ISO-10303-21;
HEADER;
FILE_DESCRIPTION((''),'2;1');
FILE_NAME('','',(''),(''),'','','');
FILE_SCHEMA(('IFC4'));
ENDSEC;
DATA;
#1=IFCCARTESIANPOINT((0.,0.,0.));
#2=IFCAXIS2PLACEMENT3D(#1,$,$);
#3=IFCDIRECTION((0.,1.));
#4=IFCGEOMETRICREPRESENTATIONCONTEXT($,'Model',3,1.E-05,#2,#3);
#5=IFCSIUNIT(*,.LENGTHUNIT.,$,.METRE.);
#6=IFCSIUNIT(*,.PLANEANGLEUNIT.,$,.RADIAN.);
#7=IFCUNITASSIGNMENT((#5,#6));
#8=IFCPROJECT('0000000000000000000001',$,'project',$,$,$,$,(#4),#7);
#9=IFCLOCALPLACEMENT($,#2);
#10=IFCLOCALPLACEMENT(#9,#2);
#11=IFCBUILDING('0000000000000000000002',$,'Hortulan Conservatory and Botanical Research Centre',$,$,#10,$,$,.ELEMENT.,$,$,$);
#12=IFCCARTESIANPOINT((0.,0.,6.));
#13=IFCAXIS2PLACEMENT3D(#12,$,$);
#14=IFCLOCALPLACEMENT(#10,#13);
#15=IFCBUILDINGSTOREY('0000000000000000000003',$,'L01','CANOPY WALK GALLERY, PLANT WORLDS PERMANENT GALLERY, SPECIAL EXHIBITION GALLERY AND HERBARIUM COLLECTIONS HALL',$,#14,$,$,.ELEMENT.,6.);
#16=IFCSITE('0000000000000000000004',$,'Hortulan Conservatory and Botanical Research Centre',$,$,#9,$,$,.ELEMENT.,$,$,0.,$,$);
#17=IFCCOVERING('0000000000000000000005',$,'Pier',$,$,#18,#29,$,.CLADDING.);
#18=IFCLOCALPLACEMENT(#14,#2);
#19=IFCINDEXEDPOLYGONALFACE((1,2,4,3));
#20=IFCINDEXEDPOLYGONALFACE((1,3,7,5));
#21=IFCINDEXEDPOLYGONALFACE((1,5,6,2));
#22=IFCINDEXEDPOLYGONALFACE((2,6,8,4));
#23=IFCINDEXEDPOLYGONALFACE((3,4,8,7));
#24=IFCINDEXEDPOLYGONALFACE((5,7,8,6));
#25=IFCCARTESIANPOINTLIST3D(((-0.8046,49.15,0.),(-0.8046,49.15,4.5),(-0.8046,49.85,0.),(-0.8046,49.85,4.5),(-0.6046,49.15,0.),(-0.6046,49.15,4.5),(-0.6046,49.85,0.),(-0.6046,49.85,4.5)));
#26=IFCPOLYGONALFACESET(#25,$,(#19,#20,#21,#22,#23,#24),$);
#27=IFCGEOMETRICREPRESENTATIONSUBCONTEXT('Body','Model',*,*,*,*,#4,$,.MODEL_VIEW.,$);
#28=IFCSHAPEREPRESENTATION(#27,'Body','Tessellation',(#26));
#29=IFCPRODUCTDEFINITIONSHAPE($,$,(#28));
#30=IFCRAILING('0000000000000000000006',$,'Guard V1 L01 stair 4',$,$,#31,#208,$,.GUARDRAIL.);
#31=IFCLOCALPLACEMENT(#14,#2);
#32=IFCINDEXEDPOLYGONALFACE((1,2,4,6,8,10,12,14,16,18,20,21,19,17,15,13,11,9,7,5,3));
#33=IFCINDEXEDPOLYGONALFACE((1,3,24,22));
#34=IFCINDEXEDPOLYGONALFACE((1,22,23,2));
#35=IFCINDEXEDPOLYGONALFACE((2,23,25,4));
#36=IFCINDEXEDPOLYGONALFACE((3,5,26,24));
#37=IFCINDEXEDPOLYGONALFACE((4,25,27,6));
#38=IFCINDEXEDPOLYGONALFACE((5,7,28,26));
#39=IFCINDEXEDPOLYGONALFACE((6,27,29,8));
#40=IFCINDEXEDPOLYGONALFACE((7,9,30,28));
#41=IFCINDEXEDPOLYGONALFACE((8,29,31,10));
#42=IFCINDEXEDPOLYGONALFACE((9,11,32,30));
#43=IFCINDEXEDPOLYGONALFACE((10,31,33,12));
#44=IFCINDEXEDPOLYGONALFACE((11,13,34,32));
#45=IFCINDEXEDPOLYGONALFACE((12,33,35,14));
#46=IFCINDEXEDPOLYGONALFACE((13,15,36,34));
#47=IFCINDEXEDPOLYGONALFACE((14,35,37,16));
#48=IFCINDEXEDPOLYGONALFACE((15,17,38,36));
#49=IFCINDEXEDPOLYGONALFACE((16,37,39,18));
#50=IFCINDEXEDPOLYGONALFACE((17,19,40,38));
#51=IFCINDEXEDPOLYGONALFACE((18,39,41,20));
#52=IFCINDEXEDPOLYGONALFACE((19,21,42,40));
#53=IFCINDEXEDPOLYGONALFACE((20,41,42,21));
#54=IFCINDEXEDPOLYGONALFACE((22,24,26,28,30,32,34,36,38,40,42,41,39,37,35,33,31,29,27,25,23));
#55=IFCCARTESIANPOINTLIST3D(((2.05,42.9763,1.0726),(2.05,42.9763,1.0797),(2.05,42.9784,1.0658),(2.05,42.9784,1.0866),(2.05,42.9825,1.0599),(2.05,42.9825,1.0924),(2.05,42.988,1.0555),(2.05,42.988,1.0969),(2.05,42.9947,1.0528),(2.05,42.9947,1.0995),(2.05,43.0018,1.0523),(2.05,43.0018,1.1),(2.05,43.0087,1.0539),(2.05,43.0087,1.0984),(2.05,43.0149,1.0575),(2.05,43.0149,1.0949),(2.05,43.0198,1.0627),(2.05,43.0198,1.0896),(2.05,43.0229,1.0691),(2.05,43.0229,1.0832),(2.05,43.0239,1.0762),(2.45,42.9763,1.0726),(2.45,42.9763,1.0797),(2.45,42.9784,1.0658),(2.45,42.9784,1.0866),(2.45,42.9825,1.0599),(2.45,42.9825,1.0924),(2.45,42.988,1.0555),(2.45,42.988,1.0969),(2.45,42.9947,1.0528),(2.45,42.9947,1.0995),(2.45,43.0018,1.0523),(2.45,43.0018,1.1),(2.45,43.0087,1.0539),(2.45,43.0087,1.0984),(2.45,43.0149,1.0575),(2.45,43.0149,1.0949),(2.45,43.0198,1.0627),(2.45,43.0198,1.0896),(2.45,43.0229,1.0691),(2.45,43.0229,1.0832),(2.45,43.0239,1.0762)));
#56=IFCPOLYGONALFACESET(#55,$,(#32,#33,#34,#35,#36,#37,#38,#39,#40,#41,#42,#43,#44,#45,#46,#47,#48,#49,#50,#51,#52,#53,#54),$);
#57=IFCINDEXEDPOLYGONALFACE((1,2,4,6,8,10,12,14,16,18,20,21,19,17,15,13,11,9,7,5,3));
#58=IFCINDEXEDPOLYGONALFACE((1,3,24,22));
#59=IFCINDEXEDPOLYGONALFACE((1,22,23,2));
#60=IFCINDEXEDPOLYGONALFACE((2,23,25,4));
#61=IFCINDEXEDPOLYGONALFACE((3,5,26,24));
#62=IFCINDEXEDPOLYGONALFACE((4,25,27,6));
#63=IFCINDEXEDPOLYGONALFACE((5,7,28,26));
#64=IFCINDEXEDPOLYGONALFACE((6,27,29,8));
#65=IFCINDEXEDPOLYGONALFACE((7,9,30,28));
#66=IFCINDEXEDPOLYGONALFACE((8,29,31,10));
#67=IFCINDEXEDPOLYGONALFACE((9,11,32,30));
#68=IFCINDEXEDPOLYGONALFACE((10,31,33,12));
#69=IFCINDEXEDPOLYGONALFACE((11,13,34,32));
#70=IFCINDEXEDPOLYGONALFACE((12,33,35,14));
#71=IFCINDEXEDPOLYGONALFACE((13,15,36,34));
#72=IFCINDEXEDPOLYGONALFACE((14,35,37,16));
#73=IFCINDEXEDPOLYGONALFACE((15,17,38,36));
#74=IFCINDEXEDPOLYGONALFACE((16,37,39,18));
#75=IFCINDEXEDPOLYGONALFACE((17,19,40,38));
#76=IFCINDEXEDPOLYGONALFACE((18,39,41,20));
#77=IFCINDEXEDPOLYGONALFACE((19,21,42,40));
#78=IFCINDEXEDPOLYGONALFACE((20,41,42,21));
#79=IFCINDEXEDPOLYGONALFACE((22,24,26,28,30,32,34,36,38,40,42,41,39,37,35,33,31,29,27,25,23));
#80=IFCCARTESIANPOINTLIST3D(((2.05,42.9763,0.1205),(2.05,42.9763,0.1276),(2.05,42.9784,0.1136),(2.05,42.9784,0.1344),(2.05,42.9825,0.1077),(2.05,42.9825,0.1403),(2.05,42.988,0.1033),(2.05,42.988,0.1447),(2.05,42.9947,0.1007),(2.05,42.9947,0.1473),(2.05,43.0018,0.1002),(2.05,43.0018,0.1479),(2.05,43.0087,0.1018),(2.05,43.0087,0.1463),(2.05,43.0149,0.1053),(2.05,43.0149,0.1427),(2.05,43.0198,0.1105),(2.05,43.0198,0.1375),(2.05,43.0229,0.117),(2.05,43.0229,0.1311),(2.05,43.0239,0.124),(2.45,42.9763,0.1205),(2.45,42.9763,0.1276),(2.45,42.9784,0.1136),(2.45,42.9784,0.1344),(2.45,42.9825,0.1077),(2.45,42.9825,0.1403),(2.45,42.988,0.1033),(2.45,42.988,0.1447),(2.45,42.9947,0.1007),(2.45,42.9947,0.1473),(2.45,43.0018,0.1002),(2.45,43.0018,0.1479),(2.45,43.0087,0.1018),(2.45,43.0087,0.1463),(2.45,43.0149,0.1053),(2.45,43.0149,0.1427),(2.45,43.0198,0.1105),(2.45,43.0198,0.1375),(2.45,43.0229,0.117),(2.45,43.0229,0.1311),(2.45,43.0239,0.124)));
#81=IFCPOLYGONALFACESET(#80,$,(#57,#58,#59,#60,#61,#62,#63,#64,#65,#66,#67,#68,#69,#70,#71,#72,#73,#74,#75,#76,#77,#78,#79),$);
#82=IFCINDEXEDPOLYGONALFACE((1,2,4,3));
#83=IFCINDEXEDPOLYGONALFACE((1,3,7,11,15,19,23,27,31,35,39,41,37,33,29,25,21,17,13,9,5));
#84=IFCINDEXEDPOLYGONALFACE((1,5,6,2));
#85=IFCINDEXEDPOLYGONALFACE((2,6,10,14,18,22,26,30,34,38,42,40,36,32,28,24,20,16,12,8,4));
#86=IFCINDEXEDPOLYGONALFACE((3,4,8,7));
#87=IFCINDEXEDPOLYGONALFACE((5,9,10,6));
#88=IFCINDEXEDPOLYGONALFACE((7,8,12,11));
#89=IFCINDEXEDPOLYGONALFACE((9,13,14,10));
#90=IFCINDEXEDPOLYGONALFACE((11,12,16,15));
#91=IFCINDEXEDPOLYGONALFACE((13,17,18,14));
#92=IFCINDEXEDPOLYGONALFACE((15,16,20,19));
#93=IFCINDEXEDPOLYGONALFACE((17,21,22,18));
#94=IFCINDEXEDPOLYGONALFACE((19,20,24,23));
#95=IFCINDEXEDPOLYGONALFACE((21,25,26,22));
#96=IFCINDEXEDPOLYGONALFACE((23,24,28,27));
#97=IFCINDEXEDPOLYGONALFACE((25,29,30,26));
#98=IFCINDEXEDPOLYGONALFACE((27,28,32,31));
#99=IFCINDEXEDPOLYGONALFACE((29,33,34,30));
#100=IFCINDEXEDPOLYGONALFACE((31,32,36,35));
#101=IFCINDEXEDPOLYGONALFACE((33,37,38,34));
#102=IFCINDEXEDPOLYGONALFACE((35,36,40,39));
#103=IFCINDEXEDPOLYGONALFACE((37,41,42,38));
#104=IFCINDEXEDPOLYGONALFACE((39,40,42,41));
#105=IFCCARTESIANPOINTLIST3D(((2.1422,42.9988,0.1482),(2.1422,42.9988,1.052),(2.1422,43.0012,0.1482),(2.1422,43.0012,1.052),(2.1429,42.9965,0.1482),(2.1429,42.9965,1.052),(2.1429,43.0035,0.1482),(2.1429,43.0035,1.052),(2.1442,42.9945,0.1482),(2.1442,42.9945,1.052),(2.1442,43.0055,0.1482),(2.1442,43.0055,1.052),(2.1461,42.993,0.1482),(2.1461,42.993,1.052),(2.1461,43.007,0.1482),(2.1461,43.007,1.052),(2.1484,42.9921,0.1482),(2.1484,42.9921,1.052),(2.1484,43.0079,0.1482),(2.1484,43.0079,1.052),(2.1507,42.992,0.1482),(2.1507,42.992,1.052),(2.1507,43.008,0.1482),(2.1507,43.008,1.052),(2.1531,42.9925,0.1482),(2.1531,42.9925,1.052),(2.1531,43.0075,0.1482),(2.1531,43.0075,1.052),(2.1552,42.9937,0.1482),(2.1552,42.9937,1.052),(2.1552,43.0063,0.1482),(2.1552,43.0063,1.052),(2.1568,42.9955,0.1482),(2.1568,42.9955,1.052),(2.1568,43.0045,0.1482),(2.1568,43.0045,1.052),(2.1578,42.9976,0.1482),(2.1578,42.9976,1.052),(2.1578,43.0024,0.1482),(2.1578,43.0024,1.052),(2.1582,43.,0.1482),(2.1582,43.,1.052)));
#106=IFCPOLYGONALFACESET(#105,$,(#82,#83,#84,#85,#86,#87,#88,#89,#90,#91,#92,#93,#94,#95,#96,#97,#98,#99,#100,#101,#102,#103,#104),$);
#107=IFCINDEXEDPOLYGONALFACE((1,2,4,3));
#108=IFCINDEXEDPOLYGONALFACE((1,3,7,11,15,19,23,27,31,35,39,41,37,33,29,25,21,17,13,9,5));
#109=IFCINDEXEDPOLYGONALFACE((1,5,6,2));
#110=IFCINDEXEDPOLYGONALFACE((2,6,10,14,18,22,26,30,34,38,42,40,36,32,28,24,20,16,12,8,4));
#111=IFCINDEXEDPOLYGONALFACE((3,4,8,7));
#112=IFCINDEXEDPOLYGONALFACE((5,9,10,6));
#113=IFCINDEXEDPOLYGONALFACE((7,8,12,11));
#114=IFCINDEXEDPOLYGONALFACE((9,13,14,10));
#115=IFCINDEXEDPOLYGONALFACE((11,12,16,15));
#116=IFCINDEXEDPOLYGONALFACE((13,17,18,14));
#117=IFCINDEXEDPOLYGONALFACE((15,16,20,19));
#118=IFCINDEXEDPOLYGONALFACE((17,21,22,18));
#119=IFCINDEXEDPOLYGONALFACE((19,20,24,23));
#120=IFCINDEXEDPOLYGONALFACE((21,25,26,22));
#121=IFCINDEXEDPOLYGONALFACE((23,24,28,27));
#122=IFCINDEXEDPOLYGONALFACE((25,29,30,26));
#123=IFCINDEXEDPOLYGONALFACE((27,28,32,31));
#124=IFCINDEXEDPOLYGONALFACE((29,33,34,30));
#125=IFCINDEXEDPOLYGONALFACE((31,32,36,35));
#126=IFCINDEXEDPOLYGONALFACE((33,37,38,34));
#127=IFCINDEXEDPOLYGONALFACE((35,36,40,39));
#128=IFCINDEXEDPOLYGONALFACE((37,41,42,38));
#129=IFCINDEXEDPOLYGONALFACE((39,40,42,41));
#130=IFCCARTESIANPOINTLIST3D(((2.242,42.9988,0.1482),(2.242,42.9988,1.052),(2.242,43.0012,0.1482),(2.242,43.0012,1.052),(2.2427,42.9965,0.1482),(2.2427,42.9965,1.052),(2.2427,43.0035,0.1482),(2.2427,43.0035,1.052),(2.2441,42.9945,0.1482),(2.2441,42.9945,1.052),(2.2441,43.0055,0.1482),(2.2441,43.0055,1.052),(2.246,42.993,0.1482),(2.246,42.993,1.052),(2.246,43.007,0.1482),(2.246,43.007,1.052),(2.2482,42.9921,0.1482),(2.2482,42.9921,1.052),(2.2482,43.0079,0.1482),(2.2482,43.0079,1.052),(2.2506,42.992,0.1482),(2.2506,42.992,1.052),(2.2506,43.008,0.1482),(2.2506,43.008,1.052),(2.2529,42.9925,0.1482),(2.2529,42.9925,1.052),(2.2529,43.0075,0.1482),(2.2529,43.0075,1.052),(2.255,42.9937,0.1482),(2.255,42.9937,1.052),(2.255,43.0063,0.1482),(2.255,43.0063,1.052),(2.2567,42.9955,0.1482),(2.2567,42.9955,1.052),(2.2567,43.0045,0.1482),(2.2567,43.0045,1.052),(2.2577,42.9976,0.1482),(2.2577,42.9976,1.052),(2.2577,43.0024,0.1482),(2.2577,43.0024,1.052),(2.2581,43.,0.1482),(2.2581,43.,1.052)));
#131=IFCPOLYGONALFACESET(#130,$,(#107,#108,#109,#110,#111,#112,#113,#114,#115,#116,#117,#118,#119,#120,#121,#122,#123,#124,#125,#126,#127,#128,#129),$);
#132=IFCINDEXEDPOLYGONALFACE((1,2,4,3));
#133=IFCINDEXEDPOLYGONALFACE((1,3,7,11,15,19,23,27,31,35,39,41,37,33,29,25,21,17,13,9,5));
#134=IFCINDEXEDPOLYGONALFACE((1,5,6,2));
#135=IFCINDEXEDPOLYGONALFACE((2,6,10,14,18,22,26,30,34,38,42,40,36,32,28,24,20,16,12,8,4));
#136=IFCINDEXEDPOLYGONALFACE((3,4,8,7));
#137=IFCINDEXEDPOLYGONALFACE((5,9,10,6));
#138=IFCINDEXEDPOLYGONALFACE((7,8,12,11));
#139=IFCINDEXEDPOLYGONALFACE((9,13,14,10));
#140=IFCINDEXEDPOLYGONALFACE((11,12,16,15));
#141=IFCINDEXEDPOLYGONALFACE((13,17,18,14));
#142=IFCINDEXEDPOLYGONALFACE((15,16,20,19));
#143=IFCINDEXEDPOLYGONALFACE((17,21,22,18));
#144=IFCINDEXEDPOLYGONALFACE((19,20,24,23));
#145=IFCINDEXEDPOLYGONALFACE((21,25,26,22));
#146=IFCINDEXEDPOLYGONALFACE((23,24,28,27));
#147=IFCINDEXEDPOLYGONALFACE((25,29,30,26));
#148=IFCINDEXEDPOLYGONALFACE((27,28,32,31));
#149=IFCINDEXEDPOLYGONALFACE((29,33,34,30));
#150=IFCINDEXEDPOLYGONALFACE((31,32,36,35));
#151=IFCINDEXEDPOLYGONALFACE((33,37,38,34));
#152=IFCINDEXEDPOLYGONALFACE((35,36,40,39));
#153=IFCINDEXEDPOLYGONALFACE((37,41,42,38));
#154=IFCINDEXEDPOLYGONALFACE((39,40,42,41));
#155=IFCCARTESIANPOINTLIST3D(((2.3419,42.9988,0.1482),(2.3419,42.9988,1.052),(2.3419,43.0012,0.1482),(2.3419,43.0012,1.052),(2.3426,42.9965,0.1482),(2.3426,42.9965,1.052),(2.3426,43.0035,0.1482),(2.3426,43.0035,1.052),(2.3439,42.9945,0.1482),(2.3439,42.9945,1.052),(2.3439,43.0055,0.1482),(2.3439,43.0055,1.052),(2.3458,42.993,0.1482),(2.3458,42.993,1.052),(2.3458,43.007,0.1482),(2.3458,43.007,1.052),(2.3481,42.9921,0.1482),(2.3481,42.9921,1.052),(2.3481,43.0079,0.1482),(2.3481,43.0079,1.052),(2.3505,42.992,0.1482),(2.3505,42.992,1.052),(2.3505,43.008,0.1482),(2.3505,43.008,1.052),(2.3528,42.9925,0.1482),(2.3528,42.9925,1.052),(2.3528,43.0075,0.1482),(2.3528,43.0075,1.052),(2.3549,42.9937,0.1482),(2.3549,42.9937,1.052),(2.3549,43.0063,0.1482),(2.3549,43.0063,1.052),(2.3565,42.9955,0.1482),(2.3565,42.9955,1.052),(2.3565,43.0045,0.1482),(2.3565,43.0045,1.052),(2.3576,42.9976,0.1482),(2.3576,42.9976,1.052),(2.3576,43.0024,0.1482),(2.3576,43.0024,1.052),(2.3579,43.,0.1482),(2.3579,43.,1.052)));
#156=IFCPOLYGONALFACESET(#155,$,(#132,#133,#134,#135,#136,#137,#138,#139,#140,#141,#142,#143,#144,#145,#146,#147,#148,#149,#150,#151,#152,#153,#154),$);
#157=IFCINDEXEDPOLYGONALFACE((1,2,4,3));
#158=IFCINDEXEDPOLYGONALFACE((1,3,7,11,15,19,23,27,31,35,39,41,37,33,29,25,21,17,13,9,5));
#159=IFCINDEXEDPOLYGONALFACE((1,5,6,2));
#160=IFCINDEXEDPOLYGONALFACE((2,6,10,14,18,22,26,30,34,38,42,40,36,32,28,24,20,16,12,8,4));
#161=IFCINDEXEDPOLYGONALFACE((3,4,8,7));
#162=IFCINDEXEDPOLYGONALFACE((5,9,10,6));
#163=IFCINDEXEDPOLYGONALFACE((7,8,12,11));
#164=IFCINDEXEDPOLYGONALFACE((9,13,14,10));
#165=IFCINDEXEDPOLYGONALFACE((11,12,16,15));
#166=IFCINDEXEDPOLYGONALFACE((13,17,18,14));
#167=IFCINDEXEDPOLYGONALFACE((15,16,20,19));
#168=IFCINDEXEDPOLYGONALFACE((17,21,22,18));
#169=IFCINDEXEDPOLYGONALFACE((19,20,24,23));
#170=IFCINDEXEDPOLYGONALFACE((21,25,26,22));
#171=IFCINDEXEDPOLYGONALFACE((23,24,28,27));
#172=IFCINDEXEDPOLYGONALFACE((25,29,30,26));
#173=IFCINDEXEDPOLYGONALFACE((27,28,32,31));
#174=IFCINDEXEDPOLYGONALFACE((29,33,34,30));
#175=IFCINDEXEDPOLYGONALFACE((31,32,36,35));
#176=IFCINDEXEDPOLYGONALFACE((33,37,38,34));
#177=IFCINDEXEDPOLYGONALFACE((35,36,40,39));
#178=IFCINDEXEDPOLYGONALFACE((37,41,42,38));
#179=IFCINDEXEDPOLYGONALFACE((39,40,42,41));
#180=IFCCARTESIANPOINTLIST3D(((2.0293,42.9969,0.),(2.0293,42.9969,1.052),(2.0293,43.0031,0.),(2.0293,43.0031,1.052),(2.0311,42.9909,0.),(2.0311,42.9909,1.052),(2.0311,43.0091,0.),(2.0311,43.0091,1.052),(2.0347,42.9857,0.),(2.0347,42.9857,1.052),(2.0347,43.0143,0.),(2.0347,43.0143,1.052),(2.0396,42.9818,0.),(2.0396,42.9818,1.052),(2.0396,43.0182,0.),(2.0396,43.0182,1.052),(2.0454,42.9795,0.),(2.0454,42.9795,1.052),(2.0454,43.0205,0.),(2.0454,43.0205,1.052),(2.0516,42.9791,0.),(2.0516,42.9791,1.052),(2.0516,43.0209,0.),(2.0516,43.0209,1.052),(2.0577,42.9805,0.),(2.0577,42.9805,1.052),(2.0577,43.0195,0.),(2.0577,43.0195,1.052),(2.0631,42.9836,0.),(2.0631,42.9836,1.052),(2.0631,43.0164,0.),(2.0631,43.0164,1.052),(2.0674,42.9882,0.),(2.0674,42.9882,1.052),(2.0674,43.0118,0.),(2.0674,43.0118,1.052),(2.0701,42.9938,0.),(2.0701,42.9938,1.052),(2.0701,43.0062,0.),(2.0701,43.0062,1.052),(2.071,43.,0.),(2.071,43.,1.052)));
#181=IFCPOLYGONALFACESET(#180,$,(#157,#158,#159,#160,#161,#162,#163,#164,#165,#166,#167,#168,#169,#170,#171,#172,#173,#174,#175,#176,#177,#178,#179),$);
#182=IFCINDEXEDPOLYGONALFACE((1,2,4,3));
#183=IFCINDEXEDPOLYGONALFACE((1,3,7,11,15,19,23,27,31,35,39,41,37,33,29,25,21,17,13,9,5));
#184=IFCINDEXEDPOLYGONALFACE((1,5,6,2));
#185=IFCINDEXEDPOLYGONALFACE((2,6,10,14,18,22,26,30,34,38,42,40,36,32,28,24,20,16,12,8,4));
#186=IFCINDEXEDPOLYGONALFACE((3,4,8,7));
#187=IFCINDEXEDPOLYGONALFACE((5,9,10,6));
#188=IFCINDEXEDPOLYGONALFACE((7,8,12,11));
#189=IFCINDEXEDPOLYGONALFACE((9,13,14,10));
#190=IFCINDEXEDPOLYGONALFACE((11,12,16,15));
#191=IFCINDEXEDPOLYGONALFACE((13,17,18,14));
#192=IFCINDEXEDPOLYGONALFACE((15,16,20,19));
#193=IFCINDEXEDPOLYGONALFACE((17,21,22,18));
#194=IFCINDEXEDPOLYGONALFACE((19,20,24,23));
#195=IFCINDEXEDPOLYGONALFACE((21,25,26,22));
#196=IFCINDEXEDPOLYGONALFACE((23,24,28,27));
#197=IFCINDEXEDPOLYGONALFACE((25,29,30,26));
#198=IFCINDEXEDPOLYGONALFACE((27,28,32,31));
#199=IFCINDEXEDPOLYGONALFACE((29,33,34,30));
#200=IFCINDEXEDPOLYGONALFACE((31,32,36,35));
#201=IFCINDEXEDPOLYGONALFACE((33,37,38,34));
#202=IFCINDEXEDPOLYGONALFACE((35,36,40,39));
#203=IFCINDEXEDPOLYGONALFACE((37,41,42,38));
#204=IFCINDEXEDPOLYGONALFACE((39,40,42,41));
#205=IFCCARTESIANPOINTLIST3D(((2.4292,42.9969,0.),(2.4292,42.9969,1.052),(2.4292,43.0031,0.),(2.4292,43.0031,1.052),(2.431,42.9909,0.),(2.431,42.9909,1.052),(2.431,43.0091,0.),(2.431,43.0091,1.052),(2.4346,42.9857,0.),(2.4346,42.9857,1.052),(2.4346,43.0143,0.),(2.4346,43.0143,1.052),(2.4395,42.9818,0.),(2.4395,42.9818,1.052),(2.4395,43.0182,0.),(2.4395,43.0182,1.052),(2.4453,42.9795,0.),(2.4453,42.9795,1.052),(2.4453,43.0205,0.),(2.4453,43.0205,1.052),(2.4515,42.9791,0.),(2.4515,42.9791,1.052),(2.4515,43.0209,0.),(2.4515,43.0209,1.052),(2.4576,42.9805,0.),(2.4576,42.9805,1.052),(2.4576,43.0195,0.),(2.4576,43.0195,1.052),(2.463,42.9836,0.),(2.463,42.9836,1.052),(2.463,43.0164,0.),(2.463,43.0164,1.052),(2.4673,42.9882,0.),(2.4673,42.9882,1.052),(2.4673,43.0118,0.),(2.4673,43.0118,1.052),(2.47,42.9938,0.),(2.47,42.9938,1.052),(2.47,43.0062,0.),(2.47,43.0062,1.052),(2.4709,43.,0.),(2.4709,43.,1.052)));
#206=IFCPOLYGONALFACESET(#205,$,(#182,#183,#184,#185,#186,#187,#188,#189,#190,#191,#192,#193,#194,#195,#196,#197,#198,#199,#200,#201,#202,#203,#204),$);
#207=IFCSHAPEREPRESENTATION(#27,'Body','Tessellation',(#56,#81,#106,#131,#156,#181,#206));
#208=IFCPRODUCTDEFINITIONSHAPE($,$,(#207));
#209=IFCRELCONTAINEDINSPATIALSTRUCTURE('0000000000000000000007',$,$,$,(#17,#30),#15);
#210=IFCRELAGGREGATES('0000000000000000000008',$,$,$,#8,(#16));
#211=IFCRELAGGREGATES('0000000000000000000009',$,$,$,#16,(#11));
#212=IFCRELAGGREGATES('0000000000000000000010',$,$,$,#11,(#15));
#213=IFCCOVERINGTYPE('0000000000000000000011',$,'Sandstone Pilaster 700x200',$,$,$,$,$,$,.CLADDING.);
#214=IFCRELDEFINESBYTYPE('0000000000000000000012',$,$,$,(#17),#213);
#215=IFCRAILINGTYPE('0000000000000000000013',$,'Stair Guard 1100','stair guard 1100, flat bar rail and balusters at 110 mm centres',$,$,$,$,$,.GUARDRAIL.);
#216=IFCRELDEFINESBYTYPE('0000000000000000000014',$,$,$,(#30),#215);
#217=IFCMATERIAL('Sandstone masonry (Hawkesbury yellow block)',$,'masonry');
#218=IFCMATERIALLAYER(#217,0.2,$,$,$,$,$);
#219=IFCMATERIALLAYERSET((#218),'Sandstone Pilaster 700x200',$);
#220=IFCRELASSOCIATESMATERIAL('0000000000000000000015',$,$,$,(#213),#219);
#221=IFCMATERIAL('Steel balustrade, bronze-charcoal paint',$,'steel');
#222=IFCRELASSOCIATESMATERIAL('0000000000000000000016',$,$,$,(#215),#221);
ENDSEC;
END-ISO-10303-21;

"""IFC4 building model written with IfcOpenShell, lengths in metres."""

from ifc_helpers import new_model, si_unit, direction, frame, origin, origin_2d, place, context, subcontext, project, spatial, rectangle, circle, extrude, material, layer, layer_set, type_object, element, save


model = new_model("IFC4")

# Units and contexts
model_context = context("Model", 3, precision=1e-05, world=origin(), true_north=direction((0.0, 1.0)))
body_context = subcontext(model_context, "Body", "Model", "MODEL_VIEW")
ifc_project = project(units=[si_unit("LENGTHUNIT", "METRE"), si_unit("PLANEANGLEUNIT", "RADIAN")], contexts=[model_context])

# Site, building, storey
site_placement = place(None, origin())
site = spatial("IfcSite", under=ifc_project, at=site_placement, Name="Hortulan Conservatory and Botanical Research Centre", CompositionType="ELEMENT", RefElevation=0.0)
building_placement = place(site_placement, origin())
building = spatial("IfcBuilding", under=site, at=building_placement, Name="Hortulan Conservatory and Botanical Research Centre", CompositionType="ELEMENT")
storey_placement = place(building_placement, frame((0.0, 0.0, 6.0)))
storey = spatial("IfcBuildingStorey", under=building, at=storey_placement, Name="L01", Description="CANOPY WALK GALLERY, PLANT WORLDS PERMANENT GALLERY, SPECIAL EXHIBITION GALLERY AND HERBARIUM COLLECTIONS HALL", CompositionType="ELEMENT", Elevation=6.0)

# Covering
ifc_material_1 = material(Name="Sandstone masonry (Hawkesbury yellow block)", Category="masonry")
ifc_layer_1 = layer(ifc_material_1, 0.2)
ifc_layer_set_1 = layer_set([ifc_layer_1], Name="Sandstone Pilaster 700x200")
covering_type = type_object("IfcCoveringType", Name="Sandstone Pilaster 700x200", PredefinedType="CLADDING", material=ifc_layer_set_1)
covering_placement = place(storey_placement, frame((-0.7046, 49.5, 0.0), z_axis=(0.0, 0.0, 1.0), x_axis=(0.0, 1.0, 0.0)))
element("IfcCovering", 1, at=covering_placement, inside=storey, type_object=covering_type, Name="Pier", PredefinedType="CLADDING", context=body_context, shape_type="SweptSolid", body=[
    extrude(rectangle(XDim=0.7, YDim=0.2, at=origin_2d()), origin(), (0.0, 0.0, 1.0), 4.5),
])

# Railing
ifc_material_2 = material(Name="Steel balustrade, bronze-charcoal paint", Category="steel")
railing_type_1 = type_object("IfcRailingType", Name="Stair Guard 1100", Description="stair guard 1100, flat bar rail and balusters at 110 mm centres", PredefinedType="GUARDRAIL", material=ifc_material_2)
railing_1_placement = place(storey_placement, frame((2.05, 43.0, 0.0)))
element("IfcRailing", 2, at=railing_1_placement, inside=storey, type_object=railing_type_1, Name="Guard V1 L01 stair 4", PredefinedType="GUARDRAIL", context=body_context, shape_type="SweptSolid", body=[
    extrude(circle(Radius=0.0239, at=origin_2d()), frame((0.0, 0.0, 1.0762), z_axis=(1.0, 0.0, 0.0), x_axis=(0.0, 1.0, 0.0)), (0.0, 0.0, 1.0), 0.3999),
    extrude(circle(Radius=0.0239, at=origin_2d()), frame((0.0, 0.0, 0.124), z_axis=(1.0, 0.0, 0.0), x_axis=(0.0, 1.0, 0.0)), (0.0, 0.0, 1.0), 0.3999),
    extrude(circle(Radius=0.0081, at=origin_2d()), frame((0.1001, 0.0, 0.1482)), (0.0, 0.0, 1.0), 0.9038),
    extrude(circle(Radius=0.0081, at=origin_2d()), frame((0.2, 0.0, 0.1482)), (0.0, 0.0, 1.0), 0.9038),
    extrude(circle(Radius=0.0081, at=origin_2d()), frame((0.2998, 0.0, 0.1482)), (0.0, 0.0, 1.0), 0.9038),
    extrude(circle(Radius=0.021, at=origin_2d()), origin(), (0.0, 0.0, 1.0), 1.052),
    extrude(circle(Radius=0.021, at=origin_2d()), frame((0.3999, 0.0, 0.0)), (0.0, 0.0, 1.0), 1.052),
])

save(model, "model.ifc")
